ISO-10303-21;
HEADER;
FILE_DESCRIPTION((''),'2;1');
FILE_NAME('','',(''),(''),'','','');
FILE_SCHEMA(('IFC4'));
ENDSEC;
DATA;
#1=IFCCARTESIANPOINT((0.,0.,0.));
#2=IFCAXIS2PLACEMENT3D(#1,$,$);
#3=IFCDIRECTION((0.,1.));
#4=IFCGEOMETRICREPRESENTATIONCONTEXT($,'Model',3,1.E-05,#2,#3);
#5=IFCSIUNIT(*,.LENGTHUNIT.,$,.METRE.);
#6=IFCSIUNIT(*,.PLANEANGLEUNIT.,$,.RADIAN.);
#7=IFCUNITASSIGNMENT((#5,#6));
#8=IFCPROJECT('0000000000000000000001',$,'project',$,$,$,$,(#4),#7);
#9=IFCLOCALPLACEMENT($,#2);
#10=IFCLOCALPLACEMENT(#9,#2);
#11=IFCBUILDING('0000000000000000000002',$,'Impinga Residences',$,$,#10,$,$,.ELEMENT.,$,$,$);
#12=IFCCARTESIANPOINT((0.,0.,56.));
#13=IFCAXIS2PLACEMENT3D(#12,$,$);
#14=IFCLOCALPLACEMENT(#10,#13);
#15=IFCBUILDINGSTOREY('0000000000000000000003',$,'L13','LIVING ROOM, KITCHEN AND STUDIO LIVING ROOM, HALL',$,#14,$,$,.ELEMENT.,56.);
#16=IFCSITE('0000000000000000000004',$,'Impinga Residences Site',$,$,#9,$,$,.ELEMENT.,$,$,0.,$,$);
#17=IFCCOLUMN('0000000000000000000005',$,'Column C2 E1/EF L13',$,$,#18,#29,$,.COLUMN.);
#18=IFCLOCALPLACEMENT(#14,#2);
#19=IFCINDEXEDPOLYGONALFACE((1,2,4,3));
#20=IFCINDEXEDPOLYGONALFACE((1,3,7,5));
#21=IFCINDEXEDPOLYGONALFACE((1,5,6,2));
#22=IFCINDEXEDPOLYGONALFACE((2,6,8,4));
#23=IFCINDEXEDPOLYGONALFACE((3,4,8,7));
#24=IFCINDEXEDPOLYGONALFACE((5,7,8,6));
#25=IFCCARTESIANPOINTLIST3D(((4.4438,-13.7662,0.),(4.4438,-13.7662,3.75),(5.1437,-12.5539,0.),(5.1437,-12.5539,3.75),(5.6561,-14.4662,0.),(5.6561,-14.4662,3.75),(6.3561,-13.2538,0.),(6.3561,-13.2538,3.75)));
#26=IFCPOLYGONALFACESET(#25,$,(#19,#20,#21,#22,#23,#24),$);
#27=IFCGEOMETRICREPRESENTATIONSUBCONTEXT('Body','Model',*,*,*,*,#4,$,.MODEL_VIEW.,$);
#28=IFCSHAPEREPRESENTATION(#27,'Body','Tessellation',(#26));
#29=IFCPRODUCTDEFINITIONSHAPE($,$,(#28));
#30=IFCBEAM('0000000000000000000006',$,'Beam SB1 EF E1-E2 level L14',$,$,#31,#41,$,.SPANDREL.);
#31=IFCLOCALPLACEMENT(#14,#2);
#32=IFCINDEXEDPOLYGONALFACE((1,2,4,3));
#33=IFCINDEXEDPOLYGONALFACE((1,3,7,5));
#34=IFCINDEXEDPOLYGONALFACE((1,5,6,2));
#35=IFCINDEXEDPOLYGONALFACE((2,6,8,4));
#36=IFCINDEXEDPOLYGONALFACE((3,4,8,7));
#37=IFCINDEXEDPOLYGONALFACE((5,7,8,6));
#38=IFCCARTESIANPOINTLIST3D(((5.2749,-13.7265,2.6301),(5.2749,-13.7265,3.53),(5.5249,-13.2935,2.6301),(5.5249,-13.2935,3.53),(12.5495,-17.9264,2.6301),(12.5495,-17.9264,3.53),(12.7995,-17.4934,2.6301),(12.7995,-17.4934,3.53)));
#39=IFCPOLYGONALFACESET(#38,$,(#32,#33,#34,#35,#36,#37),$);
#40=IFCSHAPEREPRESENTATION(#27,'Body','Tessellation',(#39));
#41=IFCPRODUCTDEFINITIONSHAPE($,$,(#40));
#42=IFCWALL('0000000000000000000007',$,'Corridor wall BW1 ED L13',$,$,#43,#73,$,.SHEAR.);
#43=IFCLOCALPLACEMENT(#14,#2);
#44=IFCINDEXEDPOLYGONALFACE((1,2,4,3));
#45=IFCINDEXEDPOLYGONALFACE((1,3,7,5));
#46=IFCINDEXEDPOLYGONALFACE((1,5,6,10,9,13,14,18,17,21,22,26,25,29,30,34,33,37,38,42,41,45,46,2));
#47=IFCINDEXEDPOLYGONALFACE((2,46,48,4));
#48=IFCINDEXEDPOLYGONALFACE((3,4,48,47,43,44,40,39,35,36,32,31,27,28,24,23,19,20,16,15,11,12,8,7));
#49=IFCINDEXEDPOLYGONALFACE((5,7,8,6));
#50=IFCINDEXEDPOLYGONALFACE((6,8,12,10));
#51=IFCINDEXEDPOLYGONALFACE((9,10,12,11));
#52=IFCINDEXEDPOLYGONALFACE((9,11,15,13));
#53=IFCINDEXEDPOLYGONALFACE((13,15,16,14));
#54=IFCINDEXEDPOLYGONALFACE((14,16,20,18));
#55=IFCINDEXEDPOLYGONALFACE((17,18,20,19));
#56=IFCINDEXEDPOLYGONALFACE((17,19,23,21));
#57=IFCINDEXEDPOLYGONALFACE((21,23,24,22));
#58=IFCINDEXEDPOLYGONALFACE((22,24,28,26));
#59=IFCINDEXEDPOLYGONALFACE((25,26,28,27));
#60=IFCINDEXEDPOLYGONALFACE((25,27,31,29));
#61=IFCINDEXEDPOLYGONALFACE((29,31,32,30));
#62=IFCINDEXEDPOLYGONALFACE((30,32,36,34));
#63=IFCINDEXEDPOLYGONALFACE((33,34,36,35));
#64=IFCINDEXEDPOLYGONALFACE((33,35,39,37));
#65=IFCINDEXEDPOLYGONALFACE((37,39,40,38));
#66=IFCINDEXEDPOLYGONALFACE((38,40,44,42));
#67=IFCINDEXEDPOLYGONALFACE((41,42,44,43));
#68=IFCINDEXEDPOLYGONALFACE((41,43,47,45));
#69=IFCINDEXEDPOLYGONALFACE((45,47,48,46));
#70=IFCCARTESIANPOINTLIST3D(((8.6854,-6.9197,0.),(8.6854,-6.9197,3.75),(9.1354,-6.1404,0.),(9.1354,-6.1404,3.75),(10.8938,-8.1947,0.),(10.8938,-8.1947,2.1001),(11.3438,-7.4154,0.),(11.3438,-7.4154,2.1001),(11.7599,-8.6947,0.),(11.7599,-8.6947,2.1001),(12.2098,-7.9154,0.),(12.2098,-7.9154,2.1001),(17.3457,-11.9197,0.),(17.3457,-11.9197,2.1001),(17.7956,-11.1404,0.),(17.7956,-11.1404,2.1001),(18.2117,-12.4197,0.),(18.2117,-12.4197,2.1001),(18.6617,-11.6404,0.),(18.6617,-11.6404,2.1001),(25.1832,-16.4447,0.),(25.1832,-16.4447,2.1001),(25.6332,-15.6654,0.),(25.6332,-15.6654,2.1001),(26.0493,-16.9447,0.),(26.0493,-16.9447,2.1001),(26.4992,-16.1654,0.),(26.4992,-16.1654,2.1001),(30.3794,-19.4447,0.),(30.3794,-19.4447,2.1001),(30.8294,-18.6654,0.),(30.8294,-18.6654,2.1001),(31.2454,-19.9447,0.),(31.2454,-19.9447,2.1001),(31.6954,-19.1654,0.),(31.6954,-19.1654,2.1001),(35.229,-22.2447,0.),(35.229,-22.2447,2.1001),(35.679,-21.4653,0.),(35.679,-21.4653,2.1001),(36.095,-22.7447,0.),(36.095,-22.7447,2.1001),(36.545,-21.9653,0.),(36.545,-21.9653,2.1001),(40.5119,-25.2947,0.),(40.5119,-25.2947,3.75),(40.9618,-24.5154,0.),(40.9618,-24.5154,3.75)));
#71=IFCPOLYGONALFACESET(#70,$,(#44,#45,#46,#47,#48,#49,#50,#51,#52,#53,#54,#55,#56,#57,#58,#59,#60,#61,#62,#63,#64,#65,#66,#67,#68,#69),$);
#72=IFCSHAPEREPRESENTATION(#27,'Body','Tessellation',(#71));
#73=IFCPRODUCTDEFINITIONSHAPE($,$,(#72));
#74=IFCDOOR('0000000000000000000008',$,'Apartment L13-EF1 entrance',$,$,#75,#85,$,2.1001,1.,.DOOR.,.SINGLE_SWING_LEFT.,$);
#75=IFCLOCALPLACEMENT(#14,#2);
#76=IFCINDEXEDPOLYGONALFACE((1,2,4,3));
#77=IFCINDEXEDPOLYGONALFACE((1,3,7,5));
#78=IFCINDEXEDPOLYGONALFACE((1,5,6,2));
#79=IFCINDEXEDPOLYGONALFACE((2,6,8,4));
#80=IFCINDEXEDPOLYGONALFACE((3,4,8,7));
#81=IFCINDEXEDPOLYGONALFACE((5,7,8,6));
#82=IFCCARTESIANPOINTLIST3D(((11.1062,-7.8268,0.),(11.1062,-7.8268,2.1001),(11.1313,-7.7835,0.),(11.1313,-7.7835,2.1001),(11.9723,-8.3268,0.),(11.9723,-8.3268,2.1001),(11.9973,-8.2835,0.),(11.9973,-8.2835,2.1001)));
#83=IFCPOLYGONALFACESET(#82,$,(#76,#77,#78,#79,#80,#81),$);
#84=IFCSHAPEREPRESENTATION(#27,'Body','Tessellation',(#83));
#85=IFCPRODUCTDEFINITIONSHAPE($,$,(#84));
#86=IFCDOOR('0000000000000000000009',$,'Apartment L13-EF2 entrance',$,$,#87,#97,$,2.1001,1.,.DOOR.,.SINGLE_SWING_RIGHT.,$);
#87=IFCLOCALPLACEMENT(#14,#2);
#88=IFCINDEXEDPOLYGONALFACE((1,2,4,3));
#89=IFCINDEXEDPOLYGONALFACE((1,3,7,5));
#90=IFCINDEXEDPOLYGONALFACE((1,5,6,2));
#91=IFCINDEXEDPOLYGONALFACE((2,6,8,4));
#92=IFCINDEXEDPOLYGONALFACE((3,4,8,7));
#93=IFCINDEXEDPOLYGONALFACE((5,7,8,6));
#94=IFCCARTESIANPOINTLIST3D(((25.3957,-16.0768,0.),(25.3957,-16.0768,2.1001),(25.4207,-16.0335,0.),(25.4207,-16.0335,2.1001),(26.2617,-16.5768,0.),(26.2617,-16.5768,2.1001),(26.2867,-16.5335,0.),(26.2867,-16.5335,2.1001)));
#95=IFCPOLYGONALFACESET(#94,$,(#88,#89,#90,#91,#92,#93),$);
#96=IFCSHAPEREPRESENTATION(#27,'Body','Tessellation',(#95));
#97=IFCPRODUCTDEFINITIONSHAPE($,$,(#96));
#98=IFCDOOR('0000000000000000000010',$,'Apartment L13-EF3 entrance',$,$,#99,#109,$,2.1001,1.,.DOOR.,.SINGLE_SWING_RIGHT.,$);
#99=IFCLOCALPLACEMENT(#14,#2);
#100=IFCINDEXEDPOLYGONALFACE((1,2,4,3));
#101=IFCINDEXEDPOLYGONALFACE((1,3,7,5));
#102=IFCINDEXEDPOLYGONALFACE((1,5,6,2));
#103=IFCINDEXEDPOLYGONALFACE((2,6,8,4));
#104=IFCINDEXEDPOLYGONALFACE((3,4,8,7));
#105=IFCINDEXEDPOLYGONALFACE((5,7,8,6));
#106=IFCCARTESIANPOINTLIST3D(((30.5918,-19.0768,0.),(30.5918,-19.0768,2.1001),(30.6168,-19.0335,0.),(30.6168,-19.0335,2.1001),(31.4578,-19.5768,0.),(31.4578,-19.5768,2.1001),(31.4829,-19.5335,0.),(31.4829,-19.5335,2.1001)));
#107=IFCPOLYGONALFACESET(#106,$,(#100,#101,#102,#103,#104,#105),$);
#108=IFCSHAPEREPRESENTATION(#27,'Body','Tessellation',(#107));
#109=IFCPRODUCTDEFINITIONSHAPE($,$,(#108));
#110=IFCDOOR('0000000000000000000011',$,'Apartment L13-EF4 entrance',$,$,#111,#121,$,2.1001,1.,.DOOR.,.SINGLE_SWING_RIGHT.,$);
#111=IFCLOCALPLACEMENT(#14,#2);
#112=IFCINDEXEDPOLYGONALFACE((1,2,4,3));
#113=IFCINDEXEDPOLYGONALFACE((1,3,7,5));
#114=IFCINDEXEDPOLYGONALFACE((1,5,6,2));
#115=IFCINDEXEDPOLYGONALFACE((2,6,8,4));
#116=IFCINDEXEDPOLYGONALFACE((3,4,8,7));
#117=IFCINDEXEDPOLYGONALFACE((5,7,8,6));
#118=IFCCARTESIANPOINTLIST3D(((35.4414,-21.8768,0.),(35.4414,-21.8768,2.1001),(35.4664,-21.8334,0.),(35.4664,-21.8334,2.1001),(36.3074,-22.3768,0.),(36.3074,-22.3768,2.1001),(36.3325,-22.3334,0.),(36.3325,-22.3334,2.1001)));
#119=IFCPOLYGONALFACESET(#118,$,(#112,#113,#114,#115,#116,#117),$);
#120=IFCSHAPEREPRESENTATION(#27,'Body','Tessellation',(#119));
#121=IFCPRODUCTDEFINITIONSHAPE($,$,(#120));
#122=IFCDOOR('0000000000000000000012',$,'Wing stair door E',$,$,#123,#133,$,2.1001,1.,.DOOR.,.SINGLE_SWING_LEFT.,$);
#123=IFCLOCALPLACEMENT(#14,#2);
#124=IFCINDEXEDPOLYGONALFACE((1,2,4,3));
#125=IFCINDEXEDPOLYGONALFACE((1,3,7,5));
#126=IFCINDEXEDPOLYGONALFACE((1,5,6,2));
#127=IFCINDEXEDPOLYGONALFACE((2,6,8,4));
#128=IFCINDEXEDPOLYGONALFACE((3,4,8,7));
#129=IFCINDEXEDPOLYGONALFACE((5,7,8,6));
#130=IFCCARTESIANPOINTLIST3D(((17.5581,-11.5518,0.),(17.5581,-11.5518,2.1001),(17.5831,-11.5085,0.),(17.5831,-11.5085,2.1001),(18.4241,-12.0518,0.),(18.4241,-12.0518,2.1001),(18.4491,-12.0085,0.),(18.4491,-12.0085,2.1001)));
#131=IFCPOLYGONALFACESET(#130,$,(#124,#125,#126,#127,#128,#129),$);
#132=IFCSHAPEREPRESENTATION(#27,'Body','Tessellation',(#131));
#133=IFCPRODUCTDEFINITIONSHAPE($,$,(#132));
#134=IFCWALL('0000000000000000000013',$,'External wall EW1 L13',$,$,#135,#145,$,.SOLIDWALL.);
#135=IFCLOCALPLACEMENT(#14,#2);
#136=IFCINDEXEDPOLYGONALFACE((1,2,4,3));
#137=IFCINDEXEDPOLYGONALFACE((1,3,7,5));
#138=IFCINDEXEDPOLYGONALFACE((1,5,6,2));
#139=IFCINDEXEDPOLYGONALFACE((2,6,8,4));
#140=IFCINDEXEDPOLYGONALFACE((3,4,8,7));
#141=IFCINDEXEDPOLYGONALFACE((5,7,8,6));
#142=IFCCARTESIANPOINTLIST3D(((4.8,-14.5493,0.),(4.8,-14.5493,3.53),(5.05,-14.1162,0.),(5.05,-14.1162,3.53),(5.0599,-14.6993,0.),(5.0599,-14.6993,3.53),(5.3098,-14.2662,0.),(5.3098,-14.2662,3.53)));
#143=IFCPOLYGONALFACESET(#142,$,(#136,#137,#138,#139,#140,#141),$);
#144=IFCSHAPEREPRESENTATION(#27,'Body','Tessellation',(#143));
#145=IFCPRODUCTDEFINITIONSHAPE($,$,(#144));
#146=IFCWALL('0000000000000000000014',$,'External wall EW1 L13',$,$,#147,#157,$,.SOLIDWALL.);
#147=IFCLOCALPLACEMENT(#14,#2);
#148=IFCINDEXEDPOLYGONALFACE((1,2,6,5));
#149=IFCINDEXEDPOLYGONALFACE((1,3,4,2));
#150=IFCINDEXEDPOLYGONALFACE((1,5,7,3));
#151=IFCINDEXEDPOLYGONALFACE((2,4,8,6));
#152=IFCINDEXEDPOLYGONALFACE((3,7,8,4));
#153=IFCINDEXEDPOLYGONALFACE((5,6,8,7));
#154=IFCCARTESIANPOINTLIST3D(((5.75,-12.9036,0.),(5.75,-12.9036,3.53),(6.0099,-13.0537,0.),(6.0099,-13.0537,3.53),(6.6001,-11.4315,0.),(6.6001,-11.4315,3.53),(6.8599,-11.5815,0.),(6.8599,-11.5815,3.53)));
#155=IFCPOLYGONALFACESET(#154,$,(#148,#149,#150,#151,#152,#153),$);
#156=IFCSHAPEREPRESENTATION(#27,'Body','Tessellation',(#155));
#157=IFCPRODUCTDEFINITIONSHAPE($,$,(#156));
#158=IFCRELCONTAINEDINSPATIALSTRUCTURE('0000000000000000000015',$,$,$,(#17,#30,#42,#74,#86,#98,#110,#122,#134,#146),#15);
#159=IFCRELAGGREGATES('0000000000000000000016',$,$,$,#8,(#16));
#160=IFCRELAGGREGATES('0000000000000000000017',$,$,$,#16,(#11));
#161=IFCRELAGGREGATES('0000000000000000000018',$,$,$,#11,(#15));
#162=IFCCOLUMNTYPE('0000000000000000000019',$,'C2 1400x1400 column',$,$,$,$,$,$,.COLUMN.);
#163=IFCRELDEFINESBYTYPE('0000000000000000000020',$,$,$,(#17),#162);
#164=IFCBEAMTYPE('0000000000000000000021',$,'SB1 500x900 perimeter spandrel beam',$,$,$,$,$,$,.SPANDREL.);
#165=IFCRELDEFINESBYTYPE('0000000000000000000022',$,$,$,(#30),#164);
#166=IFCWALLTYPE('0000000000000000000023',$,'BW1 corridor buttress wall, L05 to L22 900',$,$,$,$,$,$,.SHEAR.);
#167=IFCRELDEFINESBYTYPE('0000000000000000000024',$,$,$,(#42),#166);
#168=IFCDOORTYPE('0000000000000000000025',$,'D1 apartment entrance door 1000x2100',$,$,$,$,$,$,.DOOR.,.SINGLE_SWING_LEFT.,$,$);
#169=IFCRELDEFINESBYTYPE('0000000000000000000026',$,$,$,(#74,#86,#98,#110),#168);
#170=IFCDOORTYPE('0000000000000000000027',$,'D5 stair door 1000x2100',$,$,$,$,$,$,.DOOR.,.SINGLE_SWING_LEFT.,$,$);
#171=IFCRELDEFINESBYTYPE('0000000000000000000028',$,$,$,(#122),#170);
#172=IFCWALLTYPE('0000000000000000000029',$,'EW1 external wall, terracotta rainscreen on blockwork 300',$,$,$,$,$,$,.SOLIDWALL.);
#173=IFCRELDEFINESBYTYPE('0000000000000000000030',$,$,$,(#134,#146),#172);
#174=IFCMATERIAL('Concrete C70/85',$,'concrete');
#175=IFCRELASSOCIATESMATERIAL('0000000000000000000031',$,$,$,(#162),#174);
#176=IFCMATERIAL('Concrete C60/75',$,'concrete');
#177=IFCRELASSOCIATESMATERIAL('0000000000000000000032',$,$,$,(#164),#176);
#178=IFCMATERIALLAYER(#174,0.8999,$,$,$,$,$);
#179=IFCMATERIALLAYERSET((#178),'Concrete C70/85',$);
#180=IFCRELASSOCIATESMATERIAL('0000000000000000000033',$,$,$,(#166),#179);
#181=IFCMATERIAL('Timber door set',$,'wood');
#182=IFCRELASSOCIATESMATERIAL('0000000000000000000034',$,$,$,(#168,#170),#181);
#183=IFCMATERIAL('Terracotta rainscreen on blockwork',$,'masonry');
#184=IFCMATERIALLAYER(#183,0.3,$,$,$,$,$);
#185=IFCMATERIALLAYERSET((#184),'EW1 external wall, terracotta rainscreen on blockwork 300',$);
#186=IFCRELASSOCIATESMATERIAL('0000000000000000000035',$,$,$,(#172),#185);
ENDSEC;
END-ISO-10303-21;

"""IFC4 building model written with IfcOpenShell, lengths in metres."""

from ifc_helpers import new_model, si_unit, direction, frame, frame_2d, origin, origin_2d, place, context, subcontext, project, spatial, rectangle, extrude, material, layer, layer_set, material_profile, profile_set, type_object, element, fill, save


model = new_model("IFC4")

# Units and contexts
model_context = context("Model", 3, precision=1e-05, world=origin(), true_north=direction((0.0, 1.0)))
body_context = subcontext(model_context, "Body", "Model", "MODEL_VIEW")
ifc_project = project(units=[si_unit("LENGTHUNIT", "METRE"), si_unit("PLANEANGLEUNIT", "RADIAN")], contexts=[model_context])

# Site, building, storey
site_placement = place(None, origin())
site = spatial("IfcSite", under=ifc_project, at=site_placement, Name="Impinga Residences Site", CompositionType="ELEMENT", RefElevation=0.0)
building_placement = place(site_placement, origin())
building = spatial("IfcBuilding", under=site, at=building_placement, Name="Impinga Residences", CompositionType="ELEMENT")
storey_placement = place(building_placement, frame((0.0, 0.0, 56.0)))
storey = spatial("IfcBuildingStorey", under=building, at=storey_placement, Name="L13", Description="LIVING ROOM, KITCHEN AND STUDIO LIVING ROOM, HALL", CompositionType="ELEMENT", Elevation=56.0)

# Column
ifc_material_1 = material(Name="Concrete C70/85", Category="concrete")
ifc_material_profile_1 = material_profile(ifc_material_1, rectangle(XDim=1.3999, YDim=1.3999, at=origin_2d()), Name="RC 1400x1400")
ifc_profile_set_1 = profile_set([ifc_material_profile_1], Name="Concrete C70/85")
column_type = type_object("IfcColumnType", Name="C2 1400x1400 column", PredefinedType="COLUMN", material=ifc_profile_set_1)
column_placement = place(storey_placement, frame((5.3999, -13.51, 0.0), z_axis=(0.0, 0.0, 1.0), x_axis=(-0.5, -0.866025, 0.0)))
element("IfcColumn", 1, at=column_placement, inside=storey, type_object=column_type, Name="Column C2 E1/EF L13", PredefinedType="COLUMN", context=body_context, shape_type="SweptSolid", body=[
    extrude(rectangle(XDim=1.3999, YDim=1.3999, at=origin_2d()), origin(), (0.0, 0.0, 1.0), 3.75),
])

# Beam
ifc_material_2 = material(Name="Concrete C60/75", Category="concrete")
ifc_material_profile_2 = material_profile(ifc_material_2, rectangle(XDim=0.5, YDim=0.8999, at=origin_2d()), Name="RC 500x900")
ifc_profile_set_2 = profile_set([ifc_material_profile_2], Name="Concrete C60/75")
beam_type = type_object("IfcBeamType", Name="SB1 500x900 perimeter spandrel beam", PredefinedType="SPANDREL", material=ifc_profile_set_2)
beam_placement = place(storey_placement, frame((5.3999, -13.51, 3.0801), z_axis=(0.866029, -0.499993, 0.0), x_axis=(0.499993, 0.866029, 0.0)))
element("IfcBeam", 2, at=beam_placement, inside=storey, type_object=beam_type, Name="Beam SB1 EF E1-E2 level L14", PredefinedType="SPANDREL", context=body_context, shape_type="SweptSolid", body=[
    extrude(rectangle(XDim=0.5, YDim=0.8999, at=origin_2d()), origin(), (0.0, 0.0, 1.0), 8.3999),
])

# Wall, openings, doors
ifc_layer_1 = layer(ifc_material_1, 0.8999)
ifc_layer_set_1 = layer_set([ifc_layer_1], Name="Concrete C70/85")
wall_type_1 = type_object("IfcWallType", Name="BW1 corridor buttress wall, L05 to L22 900", PredefinedType="SHEAR", material=ifc_layer_set_1)
wall_1_placement = place(storey_placement, frame((8.9104, -6.53, 0.0), z_axis=(0.0, 0.0, 1.0), x_axis=(0.866025, -0.5, 0.0)))
wall_1 = element("IfcWall", 3, at=wall_1_placement, inside=storey, type_object=wall_type_1, Name="Corridor wall BW1 ED L13", PredefinedType="SHEAR", context=body_context, shape_type="SweptSolid", body=[
    extrude(rectangle(XDim=36.75, YDim=0.8999, at=frame_2d((18.375, 0.0))), origin(), (0.0, 0.0, 1.0), 3.75),
])
opening_1_placement = place(wall_1_placement, frame((10.0, 0.0, 0.0)))
opening_1 = element("IfcOpeningElement", 4, at=opening_1_placement, cuts=wall_1, PredefinedType="OPENING", context=body_context, shape_type="SweptSolid", body=[
    extrude(rectangle(XDim=1.0, YDim=2.1001, at=frame_2d((0.5, 1.05))), frame((0.0, 0.46, 0.0), z_axis=(0.0, -1.0, 0.0), x_axis=(1.0, 0.0, 0.0)), (0.0, 0.0, 1.0), 0.9199),
])
opening_2_placement = place(wall_1_placement, frame((2.55, 0.0, 0.0)))
opening_2 = element("IfcOpeningElement", 5, at=opening_2_placement, cuts=wall_1, PredefinedType="OPENING", context=body_context, shape_type="SweptSolid", body=[
    extrude(rectangle(XDim=1.0, YDim=2.1001, at=frame_2d((0.5, 1.05))), frame((0.0, 0.46, 0.0), z_axis=(0.0, -1.0, 0.0), x_axis=(1.0, 0.0, 0.0)), (0.0, 0.0, 1.0), 0.9199),
])
opening_3_placement = place(wall_1_placement, frame((19.05, 0.0, 0.0)))
opening_3 = element("IfcOpeningElement", 6, at=opening_3_placement, cuts=wall_1, PredefinedType="OPENING", context=body_context, shape_type="SweptSolid", body=[
    extrude(rectangle(XDim=1.0, YDim=2.1001, at=frame_2d((0.5, 1.05))), frame((0.0, 0.46, 0.0), z_axis=(0.0, -1.0, 0.0), x_axis=(1.0, 0.0, 0.0)), (0.0, 0.0, 1.0), 0.9199),
])
opening_4_placement = place(wall_1_placement, frame((25.05, 0.0, 0.0)))
opening_4 = element("IfcOpeningElement", 7, at=opening_4_placement, cuts=wall_1, PredefinedType="OPENING", context=body_context, shape_type="SweptSolid", body=[
    extrude(rectangle(XDim=1.0, YDim=2.1001, at=frame_2d((0.5, 1.05))), frame((0.0, 0.46, 0.0), z_axis=(0.0, -1.0, 0.0), x_axis=(1.0, 0.0, 0.0)), (0.0, 0.0, 1.0), 0.9199),
])
opening_5_placement = place(wall_1_placement, frame((30.6499, 0.0, 0.0)))
opening_5 = element("IfcOpeningElement", 8, at=opening_5_placement, cuts=wall_1, PredefinedType="OPENING", context=body_context, shape_type="SweptSolid", body=[
    extrude(rectangle(XDim=1.0, YDim=2.1001, at=frame_2d((0.5, 1.05))), frame((0.0, 0.46, 0.0), z_axis=(0.0, -1.0, 0.0), x_axis=(1.0, 0.0, 0.0)), (0.0, 0.0, 1.0), 0.9199),
])
ifc_material_3 = material(Name="Timber door set", Category="wood")
door_type_1 = type_object("IfcDoorType", Name="D1 apartment entrance door 1000x2100", OperationType="SINGLE_SWING_LEFT", PredefinedType="DOOR", material=ifc_material_3)
door_1_placement = place(opening_2_placement, origin())
door_1 = element("IfcDoor", 9, at=door_1_placement, inside=storey, type_object=door_type_1, Name="Apartment L13-EF1 entrance", OperationType="SINGLE_SWING_LEFT", OverallHeight=2.1001, OverallWidth=1.0, PredefinedType="DOOR", context=body_context, shape_type="SweptSolid", body=[
    extrude(rectangle(XDim=1.0, YDim=2.1001, at=frame_2d((0.5, 1.05))), frame((0.0, 0.0249, 0.0), z_axis=(0.0, -1.0, 0.0), x_axis=(1.0, 0.0, 0.0)), (0.0, 0.0, 1.0), 0.05),
])
fill(opening_2, door_1)
door_2_placement = place(opening_3_placement, origin())
door_2 = element("IfcDoor", 10, at=door_2_placement, inside=storey, type_object=door_type_1, Name="Apartment L13-EF2 entrance", OperationType="SINGLE_SWING_RIGHT", OverallHeight=2.1001, OverallWidth=1.0, PredefinedType="DOOR", context=body_context, shape_type="SweptSolid", body=[
    extrude(rectangle(XDim=1.0, YDim=2.1001, at=frame_2d((0.5, 1.05))), frame((0.0, 0.0249, 0.0), z_axis=(0.0, -1.0, 0.0), x_axis=(1.0, 0.0, 0.0)), (0.0, 0.0, 1.0), 0.05),
])
fill(opening_3, door_2)
door_3_placement = place(opening_4_placement, origin())
door_3 = element("IfcDoor", 11, at=door_3_placement, inside=storey, type_object=door_type_1, Name="Apartment L13-EF3 entrance", OperationType="SINGLE_SWING_RIGHT", OverallHeight=2.1001, OverallWidth=1.0, PredefinedType="DOOR", context=body_context, shape_type="SweptSolid", body=[
    extrude(rectangle(XDim=1.0, YDim=2.1001, at=frame_2d((0.5, 1.05))), frame((0.0, 0.0249, 0.0), z_axis=(0.0, -1.0, 0.0), x_axis=(1.0, 0.0, 0.0)), (0.0, 0.0, 1.0), 0.05),
])
fill(opening_4, door_3)
door_4_placement = place(opening_5_placement, origin())
door_4 = element("IfcDoor", 12, at=door_4_placement, inside=storey, type_object=door_type_1, Name="Apartment L13-EF4 entrance", OperationType="SINGLE_SWING_RIGHT", OverallHeight=2.1001, OverallWidth=1.0, PredefinedType="DOOR", context=body_context, shape_type="SweptSolid", body=[
    extrude(rectangle(XDim=1.0, YDim=2.1001, at=frame_2d((0.5, 1.05))), frame((0.0, 0.0249, 0.0), z_axis=(0.0, -1.0, 0.0), x_axis=(1.0, 0.0, 0.0)), (0.0, 0.0, 1.0), 0.05),
])
fill(opening_5, door_4)
door_type_2 = type_object("IfcDoorType", Name="D5 stair door 1000x2100", OperationType="SINGLE_SWING_LEFT", PredefinedType="DOOR", material=ifc_material_3)
door_5_placement = place(opening_1_placement, origin())
door_5 = element("IfcDoor", 13, at=door_5_placement, inside=storey, type_object=door_type_2, Name="Wing stair door E", OperationType="SINGLE_SWING_LEFT", OverallHeight=2.1001, OverallWidth=1.0, PredefinedType="DOOR", context=body_context, shape_type="SweptSolid", body=[
    extrude(rectangle(XDim=1.0, YDim=2.1001, at=frame_2d((0.5, 1.05))), frame((0.0, 0.0249, 0.0), z_axis=(0.0, -1.0, 0.0), x_axis=(1.0, 0.0, 0.0)), (0.0, 0.0, 1.0), 0.05),
])
fill(opening_1, door_5)

# Walls
ifc_material_4 = material(Name="Terracotta rainscreen on blockwork", Category="masonry")
ifc_layer_2 = layer(ifc_material_4, 0.3)
ifc_layer_set_2 = layer_set([ifc_layer_2], Name="EW1 external wall, terracotta rainscreen on blockwork 300")
wall_type_2 = type_object("IfcWallType", Name="EW1 external wall, terracotta rainscreen on blockwork 300", PredefinedType="SOLIDWALL", material=ifc_layer_set_2)
wall_2_placement = place(storey_placement, frame((4.9299, -14.6243, 0.0), z_axis=(0.0, 0.0, 1.0), x_axis=(0.49992, 0.866072, 0.0)))
element("IfcWall", 14, at=wall_2_placement, inside=storey, type_object=wall_type_2, Name="External wall EW1 L13", PredefinedType="SOLIDWALL", context=body_context, shape_type="SweptSolid", body=[
    extrude(rectangle(XDim=0.5, YDim=0.3, at=frame_2d((0.25, 0.0))), origin(), (0.0, 0.0, 1.0), 3.53),
])
wall_3_placement = place(storey_placement, frame((5.8799, -12.9788, 0.0), z_axis=(0.0, 0.0, 1.0), x_axis=(0.500062, 0.865989, 0.0)))
element("IfcWall", 15, at=wall_3_placement, inside=storey, type_object=wall_type_2, Name="External wall EW1 L13", PredefinedType="SOLIDWALL", context=body_context, shape_type="SweptSolid", body=[
    extrude(rectangle(XDim=1.7, YDim=0.3, at=frame_2d((0.8501, 0.0))), origin(), (0.0, 0.0, 1.0), 3.53),
])

save(model, "model.ifc")
